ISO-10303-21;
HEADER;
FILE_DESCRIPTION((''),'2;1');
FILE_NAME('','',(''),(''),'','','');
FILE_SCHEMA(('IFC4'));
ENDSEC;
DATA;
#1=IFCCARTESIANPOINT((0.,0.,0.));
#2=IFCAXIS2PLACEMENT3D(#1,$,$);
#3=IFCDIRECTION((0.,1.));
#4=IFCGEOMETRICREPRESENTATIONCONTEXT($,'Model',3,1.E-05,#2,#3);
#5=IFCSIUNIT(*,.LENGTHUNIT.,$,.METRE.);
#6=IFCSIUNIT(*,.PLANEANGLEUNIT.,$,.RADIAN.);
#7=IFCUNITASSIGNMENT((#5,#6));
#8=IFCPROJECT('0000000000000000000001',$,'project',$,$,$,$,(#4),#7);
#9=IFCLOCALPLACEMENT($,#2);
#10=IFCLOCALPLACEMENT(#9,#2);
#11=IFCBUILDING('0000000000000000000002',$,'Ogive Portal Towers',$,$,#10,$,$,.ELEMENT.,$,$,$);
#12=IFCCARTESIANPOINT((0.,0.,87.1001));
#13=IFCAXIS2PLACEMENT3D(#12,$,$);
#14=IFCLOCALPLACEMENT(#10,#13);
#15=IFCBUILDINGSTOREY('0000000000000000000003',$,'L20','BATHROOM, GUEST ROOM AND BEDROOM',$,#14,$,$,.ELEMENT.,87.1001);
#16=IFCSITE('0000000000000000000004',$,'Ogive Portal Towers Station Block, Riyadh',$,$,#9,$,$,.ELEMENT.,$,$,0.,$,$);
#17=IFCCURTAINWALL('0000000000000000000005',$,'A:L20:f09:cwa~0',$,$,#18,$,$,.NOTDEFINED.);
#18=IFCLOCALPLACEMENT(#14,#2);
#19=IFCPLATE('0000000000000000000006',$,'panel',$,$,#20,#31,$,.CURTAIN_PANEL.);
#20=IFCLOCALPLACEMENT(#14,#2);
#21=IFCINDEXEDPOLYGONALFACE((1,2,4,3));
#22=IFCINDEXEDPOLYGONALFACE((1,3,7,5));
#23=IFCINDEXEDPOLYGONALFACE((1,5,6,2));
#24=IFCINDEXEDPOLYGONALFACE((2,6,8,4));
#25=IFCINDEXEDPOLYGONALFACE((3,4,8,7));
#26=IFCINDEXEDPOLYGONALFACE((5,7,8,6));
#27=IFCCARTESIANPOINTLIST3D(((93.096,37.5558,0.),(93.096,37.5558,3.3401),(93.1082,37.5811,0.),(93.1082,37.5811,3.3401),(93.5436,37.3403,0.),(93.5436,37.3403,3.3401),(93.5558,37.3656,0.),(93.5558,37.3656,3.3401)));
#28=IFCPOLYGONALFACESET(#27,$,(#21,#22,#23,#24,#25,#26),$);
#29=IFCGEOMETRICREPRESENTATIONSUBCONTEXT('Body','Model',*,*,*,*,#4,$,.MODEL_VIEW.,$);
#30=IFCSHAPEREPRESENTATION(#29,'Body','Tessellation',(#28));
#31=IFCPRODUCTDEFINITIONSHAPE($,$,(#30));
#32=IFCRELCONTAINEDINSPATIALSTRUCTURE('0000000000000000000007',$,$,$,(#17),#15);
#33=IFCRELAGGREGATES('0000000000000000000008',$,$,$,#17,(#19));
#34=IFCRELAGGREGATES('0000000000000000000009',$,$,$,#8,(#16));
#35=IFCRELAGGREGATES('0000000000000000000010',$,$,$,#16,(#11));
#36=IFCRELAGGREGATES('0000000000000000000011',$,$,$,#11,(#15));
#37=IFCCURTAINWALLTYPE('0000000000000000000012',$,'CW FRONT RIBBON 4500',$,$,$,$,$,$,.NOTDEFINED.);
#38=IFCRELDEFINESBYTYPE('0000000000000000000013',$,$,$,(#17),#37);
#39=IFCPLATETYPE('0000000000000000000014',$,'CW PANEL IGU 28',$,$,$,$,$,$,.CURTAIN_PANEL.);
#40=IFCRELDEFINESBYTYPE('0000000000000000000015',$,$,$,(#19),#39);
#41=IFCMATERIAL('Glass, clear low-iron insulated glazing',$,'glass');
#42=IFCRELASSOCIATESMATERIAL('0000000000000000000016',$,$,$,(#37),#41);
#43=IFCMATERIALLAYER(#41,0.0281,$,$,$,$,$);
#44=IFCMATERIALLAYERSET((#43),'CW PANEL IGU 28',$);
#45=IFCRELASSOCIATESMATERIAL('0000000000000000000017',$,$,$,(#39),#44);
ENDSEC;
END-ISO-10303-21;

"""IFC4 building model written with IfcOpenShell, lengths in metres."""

from ifc_helpers import new_model, si_unit, direction, frame, origin, origin_2d, place, context, subcontext, project, spatial, rectangle, extrude, material, layer, layer_set, type_object, element, aggregate, save


model = new_model("IFC4")

# Units and contexts
model_context = context("Model", 3, precision=1e-05, world=origin(), true_north=direction((0.0, 1.0)))
body_context = subcontext(model_context, "Body", "Model", "MODEL_VIEW")
ifc_project = project(units=[si_unit("LENGTHUNIT", "METRE"), si_unit("PLANEANGLEUNIT", "RADIAN")], contexts=[model_context])

# Site, building, storey
site_placement = place(None, origin())
site = spatial("IfcSite", under=ifc_project, at=site_placement, Name="Ogive Portal Towers Station Block, Riyadh", CompositionType="ELEMENT", RefElevation=0.0)
building_placement = place(site_placement, origin())
building = spatial("IfcBuilding", under=site, at=building_placement, Name="Ogive Portal Towers", CompositionType="ELEMENT")
storey_placement = place(building_placement, frame((0.0, 0.0, 87.1001)))
storey = spatial("IfcBuildingStorey", under=building, at=storey_placement, Name="L20", Description="BATHROOM, GUEST ROOM AND BEDROOM", CompositionType="ELEMENT", Elevation=87.1001)

# Shared definitions
ifc_material_1 = material(Name="Glass, clear low-iron insulated glazing", Category="glass")
curtain_wall_type = type_object("IfcCurtainWallType", Name="CW FRONT RIBBON 4500", PredefinedType="NOTDEFINED", material=ifc_material_1)

# Curtain wall
curtain_wall_1_placement = place(storey_placement, origin())
curtain_wall_1 = element("IfcCurtainWall", 1, at=curtain_wall_1_placement, inside=storey, type_object=curtain_wall_type, Name="A:L20:f09:cwa~0", PredefinedType="NOTDEFINED")

# Plate
ifc_layer = layer(ifc_material_1, 0.0281)
ifc_layer_set = layer_set([ifc_layer], Name="CW PANEL IGU 28")
plate_type = type_object("IfcPlateType", Name="CW PANEL IGU 28", PredefinedType="CURTAIN_PANEL", material=ifc_layer_set)
plate_1_placement = place(storey_placement, frame((93.3259, 37.4607, 0.0), z_axis=(0.0, 0.0, 1.0), x_axis=(-0.900969, 0.433884, 0.0)))
plate_1 = element("IfcPlate", 2, at=plate_1_placement, type_object=plate_type, Name="panel", PredefinedType="CURTAIN_PANEL", context=body_context, shape_type="SweptSolid", body=[
    extrude(rectangle(XDim=0.4968, YDim=0.0281, at=origin_2d()), origin(), (0.0, 0.0, 1.0), 3.3401),
])
aggregate(curtain_wall_1, [plate_1])

save(model, "model.ifc")
